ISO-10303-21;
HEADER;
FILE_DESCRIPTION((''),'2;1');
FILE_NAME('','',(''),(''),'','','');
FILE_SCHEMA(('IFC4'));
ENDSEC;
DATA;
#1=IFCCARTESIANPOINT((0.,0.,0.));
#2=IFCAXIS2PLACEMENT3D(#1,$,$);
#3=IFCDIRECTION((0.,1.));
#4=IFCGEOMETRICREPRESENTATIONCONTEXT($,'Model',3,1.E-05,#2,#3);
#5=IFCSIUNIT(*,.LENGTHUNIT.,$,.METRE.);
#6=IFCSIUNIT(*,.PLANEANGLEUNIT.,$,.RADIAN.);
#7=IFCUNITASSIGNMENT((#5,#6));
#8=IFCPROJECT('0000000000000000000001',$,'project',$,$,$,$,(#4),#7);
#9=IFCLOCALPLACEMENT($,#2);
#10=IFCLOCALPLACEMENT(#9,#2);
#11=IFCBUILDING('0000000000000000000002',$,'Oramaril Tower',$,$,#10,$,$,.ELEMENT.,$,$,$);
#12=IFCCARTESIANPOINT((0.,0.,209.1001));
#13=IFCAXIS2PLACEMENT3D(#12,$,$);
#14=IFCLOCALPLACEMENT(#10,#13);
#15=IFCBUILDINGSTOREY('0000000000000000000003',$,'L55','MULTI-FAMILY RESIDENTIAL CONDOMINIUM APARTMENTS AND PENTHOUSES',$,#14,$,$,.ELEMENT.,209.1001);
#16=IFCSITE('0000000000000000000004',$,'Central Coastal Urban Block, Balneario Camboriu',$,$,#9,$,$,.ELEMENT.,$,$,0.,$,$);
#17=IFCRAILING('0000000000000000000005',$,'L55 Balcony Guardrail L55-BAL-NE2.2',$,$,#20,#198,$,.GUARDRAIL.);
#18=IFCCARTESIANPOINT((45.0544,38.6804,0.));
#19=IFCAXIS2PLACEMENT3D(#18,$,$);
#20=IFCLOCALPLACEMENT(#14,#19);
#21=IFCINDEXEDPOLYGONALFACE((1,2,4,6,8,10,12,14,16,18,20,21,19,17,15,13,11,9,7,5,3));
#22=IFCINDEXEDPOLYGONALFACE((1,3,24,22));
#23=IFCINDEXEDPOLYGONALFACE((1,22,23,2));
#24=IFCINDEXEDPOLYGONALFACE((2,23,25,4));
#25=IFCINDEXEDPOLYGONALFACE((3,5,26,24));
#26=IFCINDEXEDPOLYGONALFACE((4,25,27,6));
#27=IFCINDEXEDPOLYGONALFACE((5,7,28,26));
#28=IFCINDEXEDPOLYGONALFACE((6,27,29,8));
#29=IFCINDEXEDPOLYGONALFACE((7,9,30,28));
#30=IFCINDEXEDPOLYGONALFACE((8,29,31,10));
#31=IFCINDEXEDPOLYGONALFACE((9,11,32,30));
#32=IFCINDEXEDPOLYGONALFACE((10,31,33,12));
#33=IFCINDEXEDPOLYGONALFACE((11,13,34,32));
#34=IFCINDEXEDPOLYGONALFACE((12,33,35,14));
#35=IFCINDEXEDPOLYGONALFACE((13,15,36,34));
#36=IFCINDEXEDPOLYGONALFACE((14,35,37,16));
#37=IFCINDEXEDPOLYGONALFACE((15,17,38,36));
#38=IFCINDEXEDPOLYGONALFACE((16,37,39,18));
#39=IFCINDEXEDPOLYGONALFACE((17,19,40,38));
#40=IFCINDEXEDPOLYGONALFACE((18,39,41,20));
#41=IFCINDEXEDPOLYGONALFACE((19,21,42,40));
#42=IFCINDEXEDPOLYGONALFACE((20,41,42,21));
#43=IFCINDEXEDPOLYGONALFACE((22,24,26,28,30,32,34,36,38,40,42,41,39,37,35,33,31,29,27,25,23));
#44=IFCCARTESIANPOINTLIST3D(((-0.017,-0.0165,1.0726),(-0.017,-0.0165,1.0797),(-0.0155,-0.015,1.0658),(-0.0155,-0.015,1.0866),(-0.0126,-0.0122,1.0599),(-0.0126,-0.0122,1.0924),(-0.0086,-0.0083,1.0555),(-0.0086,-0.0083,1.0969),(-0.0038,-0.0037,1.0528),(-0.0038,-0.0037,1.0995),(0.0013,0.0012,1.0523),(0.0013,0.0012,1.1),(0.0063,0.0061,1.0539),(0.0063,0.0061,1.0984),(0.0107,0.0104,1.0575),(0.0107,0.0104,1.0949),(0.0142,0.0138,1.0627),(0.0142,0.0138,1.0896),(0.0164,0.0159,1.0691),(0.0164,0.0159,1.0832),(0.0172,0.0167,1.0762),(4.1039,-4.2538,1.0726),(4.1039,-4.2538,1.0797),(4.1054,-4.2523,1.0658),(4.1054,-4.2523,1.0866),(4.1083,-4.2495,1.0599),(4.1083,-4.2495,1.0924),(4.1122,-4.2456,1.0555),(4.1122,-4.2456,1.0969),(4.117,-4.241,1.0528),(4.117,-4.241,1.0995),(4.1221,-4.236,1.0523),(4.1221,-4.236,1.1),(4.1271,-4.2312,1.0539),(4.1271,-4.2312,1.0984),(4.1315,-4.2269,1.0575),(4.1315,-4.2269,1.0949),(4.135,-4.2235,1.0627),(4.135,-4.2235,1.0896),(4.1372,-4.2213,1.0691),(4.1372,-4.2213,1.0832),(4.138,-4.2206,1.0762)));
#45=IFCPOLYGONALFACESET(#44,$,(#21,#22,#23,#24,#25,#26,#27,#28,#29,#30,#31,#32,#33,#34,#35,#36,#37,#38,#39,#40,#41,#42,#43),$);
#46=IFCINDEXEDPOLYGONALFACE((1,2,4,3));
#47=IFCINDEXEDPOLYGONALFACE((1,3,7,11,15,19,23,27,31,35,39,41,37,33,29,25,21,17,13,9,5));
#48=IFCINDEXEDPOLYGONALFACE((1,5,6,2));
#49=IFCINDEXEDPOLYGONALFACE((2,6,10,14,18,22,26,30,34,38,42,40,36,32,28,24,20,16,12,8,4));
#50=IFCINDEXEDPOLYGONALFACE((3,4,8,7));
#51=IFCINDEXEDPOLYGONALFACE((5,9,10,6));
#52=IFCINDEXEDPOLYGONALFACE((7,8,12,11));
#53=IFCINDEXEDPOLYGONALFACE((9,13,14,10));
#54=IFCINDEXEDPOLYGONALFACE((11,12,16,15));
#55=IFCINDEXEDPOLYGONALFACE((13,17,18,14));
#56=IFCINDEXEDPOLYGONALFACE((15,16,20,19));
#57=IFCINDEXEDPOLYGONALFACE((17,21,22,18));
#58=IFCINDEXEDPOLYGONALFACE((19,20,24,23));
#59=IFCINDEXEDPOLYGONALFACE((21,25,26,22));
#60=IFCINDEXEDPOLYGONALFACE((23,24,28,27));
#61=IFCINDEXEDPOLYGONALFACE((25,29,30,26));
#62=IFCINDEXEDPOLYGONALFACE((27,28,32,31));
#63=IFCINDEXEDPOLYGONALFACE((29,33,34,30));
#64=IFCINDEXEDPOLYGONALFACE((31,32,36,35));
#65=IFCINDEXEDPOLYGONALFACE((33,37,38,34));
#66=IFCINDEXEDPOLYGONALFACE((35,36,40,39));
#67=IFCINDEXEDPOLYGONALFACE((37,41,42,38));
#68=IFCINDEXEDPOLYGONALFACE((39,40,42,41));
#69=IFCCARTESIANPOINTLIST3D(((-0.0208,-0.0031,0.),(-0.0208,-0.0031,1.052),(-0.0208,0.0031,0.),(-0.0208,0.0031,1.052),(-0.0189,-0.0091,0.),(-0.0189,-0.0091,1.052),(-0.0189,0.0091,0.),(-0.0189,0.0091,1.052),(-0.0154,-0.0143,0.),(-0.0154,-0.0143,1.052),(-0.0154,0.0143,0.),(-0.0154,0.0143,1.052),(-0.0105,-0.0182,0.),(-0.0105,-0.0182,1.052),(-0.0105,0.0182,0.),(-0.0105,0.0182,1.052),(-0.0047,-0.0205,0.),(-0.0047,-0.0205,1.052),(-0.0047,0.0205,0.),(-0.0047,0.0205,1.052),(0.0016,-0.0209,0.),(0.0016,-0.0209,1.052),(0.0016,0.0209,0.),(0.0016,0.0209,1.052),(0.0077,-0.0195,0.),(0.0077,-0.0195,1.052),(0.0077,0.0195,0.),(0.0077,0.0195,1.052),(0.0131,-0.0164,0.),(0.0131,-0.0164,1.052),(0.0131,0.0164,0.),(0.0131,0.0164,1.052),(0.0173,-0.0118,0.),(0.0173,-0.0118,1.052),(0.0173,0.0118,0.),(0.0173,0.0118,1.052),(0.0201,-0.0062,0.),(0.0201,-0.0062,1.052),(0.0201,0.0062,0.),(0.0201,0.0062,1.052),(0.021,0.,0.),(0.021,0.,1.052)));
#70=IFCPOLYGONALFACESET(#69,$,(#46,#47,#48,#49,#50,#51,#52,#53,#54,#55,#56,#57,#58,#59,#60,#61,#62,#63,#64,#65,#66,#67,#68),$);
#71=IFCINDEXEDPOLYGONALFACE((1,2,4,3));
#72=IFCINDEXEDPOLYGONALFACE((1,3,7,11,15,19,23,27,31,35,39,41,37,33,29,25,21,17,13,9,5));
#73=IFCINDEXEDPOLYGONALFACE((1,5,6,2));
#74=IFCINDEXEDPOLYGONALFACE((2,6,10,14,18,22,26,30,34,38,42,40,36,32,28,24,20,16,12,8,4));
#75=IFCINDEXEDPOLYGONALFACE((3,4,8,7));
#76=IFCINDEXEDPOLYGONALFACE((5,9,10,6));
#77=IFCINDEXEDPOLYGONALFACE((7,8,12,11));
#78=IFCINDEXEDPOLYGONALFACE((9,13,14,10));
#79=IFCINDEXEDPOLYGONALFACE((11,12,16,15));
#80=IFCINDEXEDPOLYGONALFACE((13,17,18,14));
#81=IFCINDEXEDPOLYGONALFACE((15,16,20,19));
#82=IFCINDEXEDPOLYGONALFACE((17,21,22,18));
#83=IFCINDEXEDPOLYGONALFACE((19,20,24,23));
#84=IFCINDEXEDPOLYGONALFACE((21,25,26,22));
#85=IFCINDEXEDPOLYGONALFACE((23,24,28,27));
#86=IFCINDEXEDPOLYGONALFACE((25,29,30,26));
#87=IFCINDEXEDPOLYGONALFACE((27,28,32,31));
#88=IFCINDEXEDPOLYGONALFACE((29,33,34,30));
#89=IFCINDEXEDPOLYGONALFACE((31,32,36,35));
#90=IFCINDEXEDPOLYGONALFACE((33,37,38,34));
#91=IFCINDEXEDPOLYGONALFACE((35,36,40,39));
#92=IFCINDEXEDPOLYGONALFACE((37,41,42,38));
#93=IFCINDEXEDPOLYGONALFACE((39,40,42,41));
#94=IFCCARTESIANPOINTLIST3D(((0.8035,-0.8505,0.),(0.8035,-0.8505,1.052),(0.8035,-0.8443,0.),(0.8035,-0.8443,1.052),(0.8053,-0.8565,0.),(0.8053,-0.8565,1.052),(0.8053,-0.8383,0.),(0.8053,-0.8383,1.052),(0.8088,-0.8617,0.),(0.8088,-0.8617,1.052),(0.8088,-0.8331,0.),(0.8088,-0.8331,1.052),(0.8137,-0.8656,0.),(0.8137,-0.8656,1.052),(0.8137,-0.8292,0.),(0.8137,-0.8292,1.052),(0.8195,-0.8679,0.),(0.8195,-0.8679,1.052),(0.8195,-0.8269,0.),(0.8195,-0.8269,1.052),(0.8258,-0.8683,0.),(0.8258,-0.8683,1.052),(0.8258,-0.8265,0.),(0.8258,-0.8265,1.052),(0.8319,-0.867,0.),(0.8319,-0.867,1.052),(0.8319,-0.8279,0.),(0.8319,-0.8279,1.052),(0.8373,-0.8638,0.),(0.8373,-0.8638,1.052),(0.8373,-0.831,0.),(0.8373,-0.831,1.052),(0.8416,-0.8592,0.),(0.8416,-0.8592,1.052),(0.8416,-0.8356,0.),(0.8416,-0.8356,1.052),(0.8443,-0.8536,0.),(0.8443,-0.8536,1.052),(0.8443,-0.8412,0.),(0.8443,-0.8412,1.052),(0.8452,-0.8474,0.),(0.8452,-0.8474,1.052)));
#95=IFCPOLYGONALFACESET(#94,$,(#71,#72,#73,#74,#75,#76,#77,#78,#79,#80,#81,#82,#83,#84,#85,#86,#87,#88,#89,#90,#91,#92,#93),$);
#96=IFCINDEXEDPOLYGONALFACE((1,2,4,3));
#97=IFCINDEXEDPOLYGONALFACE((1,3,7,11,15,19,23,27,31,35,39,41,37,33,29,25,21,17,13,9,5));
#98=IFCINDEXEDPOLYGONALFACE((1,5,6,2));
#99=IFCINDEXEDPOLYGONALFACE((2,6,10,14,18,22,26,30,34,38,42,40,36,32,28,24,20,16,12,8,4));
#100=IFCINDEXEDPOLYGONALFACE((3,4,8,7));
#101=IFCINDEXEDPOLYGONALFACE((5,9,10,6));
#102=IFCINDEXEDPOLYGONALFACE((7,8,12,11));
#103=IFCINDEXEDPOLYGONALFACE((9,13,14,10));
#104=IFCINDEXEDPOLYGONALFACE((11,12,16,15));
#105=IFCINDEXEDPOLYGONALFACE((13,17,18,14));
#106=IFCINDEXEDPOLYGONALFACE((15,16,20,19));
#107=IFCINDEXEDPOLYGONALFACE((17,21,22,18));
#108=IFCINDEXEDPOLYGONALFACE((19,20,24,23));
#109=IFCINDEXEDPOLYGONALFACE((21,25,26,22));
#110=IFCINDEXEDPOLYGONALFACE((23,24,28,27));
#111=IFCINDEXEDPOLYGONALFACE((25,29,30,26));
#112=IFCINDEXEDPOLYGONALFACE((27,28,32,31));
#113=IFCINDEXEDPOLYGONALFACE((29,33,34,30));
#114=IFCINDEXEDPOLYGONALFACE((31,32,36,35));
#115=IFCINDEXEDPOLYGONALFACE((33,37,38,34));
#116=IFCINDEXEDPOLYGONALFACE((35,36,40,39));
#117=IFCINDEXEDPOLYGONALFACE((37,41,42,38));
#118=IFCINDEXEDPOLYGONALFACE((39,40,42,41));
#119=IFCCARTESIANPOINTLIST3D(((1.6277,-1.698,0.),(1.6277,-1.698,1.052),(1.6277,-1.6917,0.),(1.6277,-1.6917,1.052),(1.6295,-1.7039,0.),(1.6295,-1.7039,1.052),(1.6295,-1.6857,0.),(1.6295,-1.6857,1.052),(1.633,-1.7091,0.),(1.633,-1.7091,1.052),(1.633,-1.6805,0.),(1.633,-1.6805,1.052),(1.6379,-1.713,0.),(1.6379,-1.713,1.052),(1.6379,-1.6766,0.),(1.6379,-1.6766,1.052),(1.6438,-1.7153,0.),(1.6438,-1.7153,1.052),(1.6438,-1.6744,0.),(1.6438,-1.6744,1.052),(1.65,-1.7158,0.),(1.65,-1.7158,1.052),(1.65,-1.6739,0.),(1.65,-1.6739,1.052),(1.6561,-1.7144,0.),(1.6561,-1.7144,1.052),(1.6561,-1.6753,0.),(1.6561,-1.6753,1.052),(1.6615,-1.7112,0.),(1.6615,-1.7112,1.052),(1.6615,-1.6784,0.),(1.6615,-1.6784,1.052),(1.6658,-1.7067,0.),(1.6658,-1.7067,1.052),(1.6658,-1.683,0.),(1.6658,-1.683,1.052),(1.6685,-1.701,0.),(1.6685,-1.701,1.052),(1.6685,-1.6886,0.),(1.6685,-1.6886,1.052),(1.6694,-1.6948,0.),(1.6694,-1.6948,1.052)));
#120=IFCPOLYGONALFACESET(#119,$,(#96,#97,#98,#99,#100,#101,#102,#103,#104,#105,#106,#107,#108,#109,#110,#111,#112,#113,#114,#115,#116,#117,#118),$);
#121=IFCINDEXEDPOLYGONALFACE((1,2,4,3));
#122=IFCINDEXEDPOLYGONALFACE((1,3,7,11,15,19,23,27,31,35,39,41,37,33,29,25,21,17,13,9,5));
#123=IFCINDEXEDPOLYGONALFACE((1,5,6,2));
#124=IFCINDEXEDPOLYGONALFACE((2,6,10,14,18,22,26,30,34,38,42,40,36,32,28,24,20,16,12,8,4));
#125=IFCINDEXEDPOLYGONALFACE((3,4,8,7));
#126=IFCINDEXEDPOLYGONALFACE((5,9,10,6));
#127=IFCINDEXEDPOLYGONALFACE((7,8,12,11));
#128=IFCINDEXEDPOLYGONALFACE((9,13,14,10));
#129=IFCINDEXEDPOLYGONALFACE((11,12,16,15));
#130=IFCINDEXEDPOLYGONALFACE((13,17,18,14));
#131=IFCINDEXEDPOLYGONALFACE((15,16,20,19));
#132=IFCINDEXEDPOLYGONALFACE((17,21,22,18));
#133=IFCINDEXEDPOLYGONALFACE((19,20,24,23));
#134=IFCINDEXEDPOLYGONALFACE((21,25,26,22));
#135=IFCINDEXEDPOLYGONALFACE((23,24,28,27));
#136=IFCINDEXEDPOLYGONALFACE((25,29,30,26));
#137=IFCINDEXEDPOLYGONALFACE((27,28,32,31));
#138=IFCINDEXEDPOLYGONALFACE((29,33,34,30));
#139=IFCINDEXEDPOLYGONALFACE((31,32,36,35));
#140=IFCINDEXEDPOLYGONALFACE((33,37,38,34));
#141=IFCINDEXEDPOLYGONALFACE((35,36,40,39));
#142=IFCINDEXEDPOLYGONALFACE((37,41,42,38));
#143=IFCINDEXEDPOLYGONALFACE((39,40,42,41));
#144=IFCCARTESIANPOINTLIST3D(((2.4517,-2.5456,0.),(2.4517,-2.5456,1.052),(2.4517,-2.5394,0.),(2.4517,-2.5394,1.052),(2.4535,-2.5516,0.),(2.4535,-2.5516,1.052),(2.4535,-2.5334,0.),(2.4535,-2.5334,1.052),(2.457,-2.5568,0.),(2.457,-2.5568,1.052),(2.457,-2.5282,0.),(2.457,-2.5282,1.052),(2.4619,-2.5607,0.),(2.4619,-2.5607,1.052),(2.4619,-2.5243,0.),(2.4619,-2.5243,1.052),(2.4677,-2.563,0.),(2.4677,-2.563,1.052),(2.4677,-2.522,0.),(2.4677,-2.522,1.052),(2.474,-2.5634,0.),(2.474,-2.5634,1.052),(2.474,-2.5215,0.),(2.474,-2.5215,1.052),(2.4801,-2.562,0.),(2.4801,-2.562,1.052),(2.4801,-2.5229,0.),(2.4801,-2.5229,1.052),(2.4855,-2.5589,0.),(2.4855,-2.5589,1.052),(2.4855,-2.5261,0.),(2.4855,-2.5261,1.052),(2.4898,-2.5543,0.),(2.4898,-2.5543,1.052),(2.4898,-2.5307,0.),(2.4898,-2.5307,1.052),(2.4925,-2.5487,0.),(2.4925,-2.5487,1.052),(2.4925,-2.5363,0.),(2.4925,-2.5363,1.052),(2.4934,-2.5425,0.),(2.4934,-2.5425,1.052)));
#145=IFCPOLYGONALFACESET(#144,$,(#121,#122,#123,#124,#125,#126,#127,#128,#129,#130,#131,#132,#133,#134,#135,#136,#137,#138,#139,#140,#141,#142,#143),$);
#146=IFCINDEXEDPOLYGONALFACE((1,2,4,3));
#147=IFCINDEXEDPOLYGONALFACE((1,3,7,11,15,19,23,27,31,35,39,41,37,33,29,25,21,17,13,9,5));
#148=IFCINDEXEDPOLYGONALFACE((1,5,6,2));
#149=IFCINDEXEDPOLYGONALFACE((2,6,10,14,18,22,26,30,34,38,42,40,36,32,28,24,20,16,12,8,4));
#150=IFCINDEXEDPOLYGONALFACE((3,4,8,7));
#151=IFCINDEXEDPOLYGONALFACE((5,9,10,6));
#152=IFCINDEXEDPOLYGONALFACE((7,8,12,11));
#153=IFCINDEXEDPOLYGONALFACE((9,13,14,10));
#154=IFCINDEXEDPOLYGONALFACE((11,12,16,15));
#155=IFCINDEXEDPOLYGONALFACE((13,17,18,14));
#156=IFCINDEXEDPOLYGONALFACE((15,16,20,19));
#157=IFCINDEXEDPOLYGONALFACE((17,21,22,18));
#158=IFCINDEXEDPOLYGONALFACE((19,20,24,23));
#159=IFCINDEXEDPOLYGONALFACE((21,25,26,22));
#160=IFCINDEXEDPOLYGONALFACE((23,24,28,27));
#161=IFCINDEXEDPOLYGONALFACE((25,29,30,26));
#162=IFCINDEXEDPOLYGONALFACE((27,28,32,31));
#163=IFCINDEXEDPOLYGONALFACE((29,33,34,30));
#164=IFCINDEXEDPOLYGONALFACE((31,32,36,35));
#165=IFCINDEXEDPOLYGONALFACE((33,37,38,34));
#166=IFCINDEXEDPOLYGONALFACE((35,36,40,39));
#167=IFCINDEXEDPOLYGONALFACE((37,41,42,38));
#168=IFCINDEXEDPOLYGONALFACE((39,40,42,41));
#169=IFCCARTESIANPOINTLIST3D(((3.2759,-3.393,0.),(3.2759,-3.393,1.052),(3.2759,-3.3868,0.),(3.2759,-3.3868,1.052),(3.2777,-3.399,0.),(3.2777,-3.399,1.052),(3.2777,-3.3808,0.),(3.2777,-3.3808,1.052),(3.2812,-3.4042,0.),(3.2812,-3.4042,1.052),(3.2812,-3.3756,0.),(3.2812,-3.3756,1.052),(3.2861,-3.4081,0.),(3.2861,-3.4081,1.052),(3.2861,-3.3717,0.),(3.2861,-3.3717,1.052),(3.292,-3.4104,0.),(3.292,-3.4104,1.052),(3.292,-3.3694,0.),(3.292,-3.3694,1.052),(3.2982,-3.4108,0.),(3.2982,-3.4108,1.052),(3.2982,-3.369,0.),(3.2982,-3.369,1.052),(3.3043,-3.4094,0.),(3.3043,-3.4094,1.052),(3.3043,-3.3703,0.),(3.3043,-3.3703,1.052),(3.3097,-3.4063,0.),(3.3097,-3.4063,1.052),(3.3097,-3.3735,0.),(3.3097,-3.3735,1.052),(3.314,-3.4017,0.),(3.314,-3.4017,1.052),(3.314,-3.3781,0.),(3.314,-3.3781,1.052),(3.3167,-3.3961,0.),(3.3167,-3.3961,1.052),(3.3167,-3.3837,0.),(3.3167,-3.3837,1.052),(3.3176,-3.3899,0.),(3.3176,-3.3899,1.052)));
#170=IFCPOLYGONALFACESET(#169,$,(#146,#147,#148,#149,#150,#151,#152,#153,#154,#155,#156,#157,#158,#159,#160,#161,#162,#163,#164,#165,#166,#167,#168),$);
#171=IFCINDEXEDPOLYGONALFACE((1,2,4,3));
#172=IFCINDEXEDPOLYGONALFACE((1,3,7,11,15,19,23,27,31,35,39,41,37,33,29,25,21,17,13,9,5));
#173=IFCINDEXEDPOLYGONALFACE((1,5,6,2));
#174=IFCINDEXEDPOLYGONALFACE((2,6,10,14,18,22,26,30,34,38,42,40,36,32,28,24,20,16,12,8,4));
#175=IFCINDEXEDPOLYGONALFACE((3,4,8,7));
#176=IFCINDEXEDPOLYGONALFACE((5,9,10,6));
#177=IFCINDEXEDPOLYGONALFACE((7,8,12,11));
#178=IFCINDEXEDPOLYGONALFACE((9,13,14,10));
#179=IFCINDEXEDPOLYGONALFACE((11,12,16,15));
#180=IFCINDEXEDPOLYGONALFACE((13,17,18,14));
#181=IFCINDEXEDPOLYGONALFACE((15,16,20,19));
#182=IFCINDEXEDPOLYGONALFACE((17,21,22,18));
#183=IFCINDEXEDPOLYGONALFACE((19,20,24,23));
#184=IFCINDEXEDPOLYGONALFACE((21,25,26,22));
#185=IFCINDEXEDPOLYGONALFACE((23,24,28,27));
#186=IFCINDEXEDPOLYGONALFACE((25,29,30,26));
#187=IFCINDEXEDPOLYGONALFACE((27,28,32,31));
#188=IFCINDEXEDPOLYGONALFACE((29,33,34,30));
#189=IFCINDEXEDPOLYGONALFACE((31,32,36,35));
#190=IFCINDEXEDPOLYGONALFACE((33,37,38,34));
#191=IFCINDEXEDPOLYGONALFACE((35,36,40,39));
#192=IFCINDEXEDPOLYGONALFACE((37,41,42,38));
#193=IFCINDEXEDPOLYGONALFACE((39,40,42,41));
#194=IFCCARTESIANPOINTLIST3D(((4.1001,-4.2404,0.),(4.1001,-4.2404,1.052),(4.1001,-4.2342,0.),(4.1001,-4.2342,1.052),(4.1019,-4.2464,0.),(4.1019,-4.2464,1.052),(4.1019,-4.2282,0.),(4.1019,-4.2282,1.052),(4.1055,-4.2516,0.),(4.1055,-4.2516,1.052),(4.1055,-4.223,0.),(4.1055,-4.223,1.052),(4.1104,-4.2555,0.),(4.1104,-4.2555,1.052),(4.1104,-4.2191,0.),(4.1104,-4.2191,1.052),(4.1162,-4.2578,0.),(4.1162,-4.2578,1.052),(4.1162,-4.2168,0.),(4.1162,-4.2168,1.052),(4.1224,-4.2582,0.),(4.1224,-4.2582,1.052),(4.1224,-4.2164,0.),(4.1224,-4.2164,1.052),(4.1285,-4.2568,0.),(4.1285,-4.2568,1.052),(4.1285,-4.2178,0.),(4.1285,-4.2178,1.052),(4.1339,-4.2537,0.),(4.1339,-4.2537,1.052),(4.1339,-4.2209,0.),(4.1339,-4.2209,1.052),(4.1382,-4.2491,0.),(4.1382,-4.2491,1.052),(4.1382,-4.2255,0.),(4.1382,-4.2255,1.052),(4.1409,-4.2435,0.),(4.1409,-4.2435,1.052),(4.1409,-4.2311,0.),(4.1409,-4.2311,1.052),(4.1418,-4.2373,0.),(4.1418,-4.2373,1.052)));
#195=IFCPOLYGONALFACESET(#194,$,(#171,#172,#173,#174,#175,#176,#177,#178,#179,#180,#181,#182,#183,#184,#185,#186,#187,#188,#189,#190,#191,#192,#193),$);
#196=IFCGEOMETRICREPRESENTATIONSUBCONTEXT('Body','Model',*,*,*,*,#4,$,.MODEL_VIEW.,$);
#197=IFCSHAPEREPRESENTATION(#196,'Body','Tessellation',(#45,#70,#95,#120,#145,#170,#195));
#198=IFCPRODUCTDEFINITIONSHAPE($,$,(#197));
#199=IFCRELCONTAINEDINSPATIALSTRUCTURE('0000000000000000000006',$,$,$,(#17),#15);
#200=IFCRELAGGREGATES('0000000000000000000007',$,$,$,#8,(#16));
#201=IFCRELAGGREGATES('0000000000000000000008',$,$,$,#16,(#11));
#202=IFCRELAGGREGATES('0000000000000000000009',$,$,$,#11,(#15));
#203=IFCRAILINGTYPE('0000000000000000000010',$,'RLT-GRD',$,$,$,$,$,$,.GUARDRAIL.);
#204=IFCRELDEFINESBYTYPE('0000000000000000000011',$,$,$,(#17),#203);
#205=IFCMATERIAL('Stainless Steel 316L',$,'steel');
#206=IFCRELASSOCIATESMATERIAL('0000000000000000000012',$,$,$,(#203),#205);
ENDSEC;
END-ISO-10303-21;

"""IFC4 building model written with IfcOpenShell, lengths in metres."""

from ifc_helpers import new_model, si_unit, direction, frame, origin, origin_2d, place, context, subcontext, project, spatial, circle, extrude, material, type_object, element, save


model = new_model("IFC4")

# Units and contexts
model_context = context("Model", 3, precision=1e-05, world=origin(), true_north=direction((0.0, 1.0)))
body_context = subcontext(model_context, "Body", "Model", "MODEL_VIEW")
ifc_project = project(units=[si_unit("LENGTHUNIT", "METRE"), si_unit("PLANEANGLEUNIT", "RADIAN")], contexts=[model_context])

# Site, building, storey
site_placement = place(None, origin())
site = spatial("IfcSite", under=ifc_project, at=site_placement, Name="Central Coastal Urban Block, Balneario Camboriu", CompositionType="ELEMENT", RefElevation=0.0)
building_placement = place(site_placement, origin())
building = spatial("IfcBuilding", under=site, at=building_placement, Name="Oramaril Tower", CompositionType="ELEMENT")
storey_placement = place(building_placement, frame((0.0, 0.0, 209.1001)))
storey = spatial("IfcBuildingStorey", under=building, at=storey_placement, Name="L55", Description="MULTI-FAMILY RESIDENTIAL CONDOMINIUM APARTMENTS AND PENTHOUSES", CompositionType="ELEMENT", Elevation=209.1001)

# Railing
ifc_material_1 = material(Name="Stainless Steel 316L", Category="steel")
railing_type = type_object("IfcRailingType", Name="RLT-GRD", PredefinedType="GUARDRAIL", material=ifc_material_1)
railing_1_placement = place(storey_placement, frame((45.0544, 38.6804, 0.0)))
element("IfcRailing", 1, at=railing_1_placement, inside=storey, type_object=railing_type, Name="L55 Balcony Guardrail L55-BAL-NE2.2", PredefinedType="GUARDRAIL", context=body_context, shape_type="SweptSolid", body=[
    extrude(circle(Radius=0.0239, at=origin_2d()), frame((0.0, 0.0, 1.0762), z_axis=(0.697187, -0.716889, 0.0), x_axis=(0.716889, 0.697187, 0.0)), (0.0, 0.0, 1.0), 5.9106),
    extrude(circle(Radius=0.021, at=origin_2d()), origin(), (0.0, 0.0, 1.0), 1.052),
    extrude(circle(Radius=0.021, at=origin_2d()), frame((0.8242, -0.8474, 0.0)), (0.0, 0.0, 1.0), 1.052),
    extrude(circle(Radius=0.021, at=origin_2d()), frame((1.6484, -1.6948, 0.0)), (0.0, 0.0, 1.0), 1.052),
    extrude(circle(Radius=0.021, at=origin_2d()), frame((2.4724, -2.5425, 0.0)), (0.0, 0.0, 1.0), 1.052),
    extrude(circle(Radius=0.021, at=origin_2d()), frame((3.2966, -3.3899, 0.0)), (0.0, 0.0, 1.0), 1.052),
    extrude(circle(Radius=0.021, at=origin_2d()), frame((4.1208, -4.2373, 0.0)), (0.0, 0.0, 1.0), 1.052),
])

save(model, "model.ifc")
